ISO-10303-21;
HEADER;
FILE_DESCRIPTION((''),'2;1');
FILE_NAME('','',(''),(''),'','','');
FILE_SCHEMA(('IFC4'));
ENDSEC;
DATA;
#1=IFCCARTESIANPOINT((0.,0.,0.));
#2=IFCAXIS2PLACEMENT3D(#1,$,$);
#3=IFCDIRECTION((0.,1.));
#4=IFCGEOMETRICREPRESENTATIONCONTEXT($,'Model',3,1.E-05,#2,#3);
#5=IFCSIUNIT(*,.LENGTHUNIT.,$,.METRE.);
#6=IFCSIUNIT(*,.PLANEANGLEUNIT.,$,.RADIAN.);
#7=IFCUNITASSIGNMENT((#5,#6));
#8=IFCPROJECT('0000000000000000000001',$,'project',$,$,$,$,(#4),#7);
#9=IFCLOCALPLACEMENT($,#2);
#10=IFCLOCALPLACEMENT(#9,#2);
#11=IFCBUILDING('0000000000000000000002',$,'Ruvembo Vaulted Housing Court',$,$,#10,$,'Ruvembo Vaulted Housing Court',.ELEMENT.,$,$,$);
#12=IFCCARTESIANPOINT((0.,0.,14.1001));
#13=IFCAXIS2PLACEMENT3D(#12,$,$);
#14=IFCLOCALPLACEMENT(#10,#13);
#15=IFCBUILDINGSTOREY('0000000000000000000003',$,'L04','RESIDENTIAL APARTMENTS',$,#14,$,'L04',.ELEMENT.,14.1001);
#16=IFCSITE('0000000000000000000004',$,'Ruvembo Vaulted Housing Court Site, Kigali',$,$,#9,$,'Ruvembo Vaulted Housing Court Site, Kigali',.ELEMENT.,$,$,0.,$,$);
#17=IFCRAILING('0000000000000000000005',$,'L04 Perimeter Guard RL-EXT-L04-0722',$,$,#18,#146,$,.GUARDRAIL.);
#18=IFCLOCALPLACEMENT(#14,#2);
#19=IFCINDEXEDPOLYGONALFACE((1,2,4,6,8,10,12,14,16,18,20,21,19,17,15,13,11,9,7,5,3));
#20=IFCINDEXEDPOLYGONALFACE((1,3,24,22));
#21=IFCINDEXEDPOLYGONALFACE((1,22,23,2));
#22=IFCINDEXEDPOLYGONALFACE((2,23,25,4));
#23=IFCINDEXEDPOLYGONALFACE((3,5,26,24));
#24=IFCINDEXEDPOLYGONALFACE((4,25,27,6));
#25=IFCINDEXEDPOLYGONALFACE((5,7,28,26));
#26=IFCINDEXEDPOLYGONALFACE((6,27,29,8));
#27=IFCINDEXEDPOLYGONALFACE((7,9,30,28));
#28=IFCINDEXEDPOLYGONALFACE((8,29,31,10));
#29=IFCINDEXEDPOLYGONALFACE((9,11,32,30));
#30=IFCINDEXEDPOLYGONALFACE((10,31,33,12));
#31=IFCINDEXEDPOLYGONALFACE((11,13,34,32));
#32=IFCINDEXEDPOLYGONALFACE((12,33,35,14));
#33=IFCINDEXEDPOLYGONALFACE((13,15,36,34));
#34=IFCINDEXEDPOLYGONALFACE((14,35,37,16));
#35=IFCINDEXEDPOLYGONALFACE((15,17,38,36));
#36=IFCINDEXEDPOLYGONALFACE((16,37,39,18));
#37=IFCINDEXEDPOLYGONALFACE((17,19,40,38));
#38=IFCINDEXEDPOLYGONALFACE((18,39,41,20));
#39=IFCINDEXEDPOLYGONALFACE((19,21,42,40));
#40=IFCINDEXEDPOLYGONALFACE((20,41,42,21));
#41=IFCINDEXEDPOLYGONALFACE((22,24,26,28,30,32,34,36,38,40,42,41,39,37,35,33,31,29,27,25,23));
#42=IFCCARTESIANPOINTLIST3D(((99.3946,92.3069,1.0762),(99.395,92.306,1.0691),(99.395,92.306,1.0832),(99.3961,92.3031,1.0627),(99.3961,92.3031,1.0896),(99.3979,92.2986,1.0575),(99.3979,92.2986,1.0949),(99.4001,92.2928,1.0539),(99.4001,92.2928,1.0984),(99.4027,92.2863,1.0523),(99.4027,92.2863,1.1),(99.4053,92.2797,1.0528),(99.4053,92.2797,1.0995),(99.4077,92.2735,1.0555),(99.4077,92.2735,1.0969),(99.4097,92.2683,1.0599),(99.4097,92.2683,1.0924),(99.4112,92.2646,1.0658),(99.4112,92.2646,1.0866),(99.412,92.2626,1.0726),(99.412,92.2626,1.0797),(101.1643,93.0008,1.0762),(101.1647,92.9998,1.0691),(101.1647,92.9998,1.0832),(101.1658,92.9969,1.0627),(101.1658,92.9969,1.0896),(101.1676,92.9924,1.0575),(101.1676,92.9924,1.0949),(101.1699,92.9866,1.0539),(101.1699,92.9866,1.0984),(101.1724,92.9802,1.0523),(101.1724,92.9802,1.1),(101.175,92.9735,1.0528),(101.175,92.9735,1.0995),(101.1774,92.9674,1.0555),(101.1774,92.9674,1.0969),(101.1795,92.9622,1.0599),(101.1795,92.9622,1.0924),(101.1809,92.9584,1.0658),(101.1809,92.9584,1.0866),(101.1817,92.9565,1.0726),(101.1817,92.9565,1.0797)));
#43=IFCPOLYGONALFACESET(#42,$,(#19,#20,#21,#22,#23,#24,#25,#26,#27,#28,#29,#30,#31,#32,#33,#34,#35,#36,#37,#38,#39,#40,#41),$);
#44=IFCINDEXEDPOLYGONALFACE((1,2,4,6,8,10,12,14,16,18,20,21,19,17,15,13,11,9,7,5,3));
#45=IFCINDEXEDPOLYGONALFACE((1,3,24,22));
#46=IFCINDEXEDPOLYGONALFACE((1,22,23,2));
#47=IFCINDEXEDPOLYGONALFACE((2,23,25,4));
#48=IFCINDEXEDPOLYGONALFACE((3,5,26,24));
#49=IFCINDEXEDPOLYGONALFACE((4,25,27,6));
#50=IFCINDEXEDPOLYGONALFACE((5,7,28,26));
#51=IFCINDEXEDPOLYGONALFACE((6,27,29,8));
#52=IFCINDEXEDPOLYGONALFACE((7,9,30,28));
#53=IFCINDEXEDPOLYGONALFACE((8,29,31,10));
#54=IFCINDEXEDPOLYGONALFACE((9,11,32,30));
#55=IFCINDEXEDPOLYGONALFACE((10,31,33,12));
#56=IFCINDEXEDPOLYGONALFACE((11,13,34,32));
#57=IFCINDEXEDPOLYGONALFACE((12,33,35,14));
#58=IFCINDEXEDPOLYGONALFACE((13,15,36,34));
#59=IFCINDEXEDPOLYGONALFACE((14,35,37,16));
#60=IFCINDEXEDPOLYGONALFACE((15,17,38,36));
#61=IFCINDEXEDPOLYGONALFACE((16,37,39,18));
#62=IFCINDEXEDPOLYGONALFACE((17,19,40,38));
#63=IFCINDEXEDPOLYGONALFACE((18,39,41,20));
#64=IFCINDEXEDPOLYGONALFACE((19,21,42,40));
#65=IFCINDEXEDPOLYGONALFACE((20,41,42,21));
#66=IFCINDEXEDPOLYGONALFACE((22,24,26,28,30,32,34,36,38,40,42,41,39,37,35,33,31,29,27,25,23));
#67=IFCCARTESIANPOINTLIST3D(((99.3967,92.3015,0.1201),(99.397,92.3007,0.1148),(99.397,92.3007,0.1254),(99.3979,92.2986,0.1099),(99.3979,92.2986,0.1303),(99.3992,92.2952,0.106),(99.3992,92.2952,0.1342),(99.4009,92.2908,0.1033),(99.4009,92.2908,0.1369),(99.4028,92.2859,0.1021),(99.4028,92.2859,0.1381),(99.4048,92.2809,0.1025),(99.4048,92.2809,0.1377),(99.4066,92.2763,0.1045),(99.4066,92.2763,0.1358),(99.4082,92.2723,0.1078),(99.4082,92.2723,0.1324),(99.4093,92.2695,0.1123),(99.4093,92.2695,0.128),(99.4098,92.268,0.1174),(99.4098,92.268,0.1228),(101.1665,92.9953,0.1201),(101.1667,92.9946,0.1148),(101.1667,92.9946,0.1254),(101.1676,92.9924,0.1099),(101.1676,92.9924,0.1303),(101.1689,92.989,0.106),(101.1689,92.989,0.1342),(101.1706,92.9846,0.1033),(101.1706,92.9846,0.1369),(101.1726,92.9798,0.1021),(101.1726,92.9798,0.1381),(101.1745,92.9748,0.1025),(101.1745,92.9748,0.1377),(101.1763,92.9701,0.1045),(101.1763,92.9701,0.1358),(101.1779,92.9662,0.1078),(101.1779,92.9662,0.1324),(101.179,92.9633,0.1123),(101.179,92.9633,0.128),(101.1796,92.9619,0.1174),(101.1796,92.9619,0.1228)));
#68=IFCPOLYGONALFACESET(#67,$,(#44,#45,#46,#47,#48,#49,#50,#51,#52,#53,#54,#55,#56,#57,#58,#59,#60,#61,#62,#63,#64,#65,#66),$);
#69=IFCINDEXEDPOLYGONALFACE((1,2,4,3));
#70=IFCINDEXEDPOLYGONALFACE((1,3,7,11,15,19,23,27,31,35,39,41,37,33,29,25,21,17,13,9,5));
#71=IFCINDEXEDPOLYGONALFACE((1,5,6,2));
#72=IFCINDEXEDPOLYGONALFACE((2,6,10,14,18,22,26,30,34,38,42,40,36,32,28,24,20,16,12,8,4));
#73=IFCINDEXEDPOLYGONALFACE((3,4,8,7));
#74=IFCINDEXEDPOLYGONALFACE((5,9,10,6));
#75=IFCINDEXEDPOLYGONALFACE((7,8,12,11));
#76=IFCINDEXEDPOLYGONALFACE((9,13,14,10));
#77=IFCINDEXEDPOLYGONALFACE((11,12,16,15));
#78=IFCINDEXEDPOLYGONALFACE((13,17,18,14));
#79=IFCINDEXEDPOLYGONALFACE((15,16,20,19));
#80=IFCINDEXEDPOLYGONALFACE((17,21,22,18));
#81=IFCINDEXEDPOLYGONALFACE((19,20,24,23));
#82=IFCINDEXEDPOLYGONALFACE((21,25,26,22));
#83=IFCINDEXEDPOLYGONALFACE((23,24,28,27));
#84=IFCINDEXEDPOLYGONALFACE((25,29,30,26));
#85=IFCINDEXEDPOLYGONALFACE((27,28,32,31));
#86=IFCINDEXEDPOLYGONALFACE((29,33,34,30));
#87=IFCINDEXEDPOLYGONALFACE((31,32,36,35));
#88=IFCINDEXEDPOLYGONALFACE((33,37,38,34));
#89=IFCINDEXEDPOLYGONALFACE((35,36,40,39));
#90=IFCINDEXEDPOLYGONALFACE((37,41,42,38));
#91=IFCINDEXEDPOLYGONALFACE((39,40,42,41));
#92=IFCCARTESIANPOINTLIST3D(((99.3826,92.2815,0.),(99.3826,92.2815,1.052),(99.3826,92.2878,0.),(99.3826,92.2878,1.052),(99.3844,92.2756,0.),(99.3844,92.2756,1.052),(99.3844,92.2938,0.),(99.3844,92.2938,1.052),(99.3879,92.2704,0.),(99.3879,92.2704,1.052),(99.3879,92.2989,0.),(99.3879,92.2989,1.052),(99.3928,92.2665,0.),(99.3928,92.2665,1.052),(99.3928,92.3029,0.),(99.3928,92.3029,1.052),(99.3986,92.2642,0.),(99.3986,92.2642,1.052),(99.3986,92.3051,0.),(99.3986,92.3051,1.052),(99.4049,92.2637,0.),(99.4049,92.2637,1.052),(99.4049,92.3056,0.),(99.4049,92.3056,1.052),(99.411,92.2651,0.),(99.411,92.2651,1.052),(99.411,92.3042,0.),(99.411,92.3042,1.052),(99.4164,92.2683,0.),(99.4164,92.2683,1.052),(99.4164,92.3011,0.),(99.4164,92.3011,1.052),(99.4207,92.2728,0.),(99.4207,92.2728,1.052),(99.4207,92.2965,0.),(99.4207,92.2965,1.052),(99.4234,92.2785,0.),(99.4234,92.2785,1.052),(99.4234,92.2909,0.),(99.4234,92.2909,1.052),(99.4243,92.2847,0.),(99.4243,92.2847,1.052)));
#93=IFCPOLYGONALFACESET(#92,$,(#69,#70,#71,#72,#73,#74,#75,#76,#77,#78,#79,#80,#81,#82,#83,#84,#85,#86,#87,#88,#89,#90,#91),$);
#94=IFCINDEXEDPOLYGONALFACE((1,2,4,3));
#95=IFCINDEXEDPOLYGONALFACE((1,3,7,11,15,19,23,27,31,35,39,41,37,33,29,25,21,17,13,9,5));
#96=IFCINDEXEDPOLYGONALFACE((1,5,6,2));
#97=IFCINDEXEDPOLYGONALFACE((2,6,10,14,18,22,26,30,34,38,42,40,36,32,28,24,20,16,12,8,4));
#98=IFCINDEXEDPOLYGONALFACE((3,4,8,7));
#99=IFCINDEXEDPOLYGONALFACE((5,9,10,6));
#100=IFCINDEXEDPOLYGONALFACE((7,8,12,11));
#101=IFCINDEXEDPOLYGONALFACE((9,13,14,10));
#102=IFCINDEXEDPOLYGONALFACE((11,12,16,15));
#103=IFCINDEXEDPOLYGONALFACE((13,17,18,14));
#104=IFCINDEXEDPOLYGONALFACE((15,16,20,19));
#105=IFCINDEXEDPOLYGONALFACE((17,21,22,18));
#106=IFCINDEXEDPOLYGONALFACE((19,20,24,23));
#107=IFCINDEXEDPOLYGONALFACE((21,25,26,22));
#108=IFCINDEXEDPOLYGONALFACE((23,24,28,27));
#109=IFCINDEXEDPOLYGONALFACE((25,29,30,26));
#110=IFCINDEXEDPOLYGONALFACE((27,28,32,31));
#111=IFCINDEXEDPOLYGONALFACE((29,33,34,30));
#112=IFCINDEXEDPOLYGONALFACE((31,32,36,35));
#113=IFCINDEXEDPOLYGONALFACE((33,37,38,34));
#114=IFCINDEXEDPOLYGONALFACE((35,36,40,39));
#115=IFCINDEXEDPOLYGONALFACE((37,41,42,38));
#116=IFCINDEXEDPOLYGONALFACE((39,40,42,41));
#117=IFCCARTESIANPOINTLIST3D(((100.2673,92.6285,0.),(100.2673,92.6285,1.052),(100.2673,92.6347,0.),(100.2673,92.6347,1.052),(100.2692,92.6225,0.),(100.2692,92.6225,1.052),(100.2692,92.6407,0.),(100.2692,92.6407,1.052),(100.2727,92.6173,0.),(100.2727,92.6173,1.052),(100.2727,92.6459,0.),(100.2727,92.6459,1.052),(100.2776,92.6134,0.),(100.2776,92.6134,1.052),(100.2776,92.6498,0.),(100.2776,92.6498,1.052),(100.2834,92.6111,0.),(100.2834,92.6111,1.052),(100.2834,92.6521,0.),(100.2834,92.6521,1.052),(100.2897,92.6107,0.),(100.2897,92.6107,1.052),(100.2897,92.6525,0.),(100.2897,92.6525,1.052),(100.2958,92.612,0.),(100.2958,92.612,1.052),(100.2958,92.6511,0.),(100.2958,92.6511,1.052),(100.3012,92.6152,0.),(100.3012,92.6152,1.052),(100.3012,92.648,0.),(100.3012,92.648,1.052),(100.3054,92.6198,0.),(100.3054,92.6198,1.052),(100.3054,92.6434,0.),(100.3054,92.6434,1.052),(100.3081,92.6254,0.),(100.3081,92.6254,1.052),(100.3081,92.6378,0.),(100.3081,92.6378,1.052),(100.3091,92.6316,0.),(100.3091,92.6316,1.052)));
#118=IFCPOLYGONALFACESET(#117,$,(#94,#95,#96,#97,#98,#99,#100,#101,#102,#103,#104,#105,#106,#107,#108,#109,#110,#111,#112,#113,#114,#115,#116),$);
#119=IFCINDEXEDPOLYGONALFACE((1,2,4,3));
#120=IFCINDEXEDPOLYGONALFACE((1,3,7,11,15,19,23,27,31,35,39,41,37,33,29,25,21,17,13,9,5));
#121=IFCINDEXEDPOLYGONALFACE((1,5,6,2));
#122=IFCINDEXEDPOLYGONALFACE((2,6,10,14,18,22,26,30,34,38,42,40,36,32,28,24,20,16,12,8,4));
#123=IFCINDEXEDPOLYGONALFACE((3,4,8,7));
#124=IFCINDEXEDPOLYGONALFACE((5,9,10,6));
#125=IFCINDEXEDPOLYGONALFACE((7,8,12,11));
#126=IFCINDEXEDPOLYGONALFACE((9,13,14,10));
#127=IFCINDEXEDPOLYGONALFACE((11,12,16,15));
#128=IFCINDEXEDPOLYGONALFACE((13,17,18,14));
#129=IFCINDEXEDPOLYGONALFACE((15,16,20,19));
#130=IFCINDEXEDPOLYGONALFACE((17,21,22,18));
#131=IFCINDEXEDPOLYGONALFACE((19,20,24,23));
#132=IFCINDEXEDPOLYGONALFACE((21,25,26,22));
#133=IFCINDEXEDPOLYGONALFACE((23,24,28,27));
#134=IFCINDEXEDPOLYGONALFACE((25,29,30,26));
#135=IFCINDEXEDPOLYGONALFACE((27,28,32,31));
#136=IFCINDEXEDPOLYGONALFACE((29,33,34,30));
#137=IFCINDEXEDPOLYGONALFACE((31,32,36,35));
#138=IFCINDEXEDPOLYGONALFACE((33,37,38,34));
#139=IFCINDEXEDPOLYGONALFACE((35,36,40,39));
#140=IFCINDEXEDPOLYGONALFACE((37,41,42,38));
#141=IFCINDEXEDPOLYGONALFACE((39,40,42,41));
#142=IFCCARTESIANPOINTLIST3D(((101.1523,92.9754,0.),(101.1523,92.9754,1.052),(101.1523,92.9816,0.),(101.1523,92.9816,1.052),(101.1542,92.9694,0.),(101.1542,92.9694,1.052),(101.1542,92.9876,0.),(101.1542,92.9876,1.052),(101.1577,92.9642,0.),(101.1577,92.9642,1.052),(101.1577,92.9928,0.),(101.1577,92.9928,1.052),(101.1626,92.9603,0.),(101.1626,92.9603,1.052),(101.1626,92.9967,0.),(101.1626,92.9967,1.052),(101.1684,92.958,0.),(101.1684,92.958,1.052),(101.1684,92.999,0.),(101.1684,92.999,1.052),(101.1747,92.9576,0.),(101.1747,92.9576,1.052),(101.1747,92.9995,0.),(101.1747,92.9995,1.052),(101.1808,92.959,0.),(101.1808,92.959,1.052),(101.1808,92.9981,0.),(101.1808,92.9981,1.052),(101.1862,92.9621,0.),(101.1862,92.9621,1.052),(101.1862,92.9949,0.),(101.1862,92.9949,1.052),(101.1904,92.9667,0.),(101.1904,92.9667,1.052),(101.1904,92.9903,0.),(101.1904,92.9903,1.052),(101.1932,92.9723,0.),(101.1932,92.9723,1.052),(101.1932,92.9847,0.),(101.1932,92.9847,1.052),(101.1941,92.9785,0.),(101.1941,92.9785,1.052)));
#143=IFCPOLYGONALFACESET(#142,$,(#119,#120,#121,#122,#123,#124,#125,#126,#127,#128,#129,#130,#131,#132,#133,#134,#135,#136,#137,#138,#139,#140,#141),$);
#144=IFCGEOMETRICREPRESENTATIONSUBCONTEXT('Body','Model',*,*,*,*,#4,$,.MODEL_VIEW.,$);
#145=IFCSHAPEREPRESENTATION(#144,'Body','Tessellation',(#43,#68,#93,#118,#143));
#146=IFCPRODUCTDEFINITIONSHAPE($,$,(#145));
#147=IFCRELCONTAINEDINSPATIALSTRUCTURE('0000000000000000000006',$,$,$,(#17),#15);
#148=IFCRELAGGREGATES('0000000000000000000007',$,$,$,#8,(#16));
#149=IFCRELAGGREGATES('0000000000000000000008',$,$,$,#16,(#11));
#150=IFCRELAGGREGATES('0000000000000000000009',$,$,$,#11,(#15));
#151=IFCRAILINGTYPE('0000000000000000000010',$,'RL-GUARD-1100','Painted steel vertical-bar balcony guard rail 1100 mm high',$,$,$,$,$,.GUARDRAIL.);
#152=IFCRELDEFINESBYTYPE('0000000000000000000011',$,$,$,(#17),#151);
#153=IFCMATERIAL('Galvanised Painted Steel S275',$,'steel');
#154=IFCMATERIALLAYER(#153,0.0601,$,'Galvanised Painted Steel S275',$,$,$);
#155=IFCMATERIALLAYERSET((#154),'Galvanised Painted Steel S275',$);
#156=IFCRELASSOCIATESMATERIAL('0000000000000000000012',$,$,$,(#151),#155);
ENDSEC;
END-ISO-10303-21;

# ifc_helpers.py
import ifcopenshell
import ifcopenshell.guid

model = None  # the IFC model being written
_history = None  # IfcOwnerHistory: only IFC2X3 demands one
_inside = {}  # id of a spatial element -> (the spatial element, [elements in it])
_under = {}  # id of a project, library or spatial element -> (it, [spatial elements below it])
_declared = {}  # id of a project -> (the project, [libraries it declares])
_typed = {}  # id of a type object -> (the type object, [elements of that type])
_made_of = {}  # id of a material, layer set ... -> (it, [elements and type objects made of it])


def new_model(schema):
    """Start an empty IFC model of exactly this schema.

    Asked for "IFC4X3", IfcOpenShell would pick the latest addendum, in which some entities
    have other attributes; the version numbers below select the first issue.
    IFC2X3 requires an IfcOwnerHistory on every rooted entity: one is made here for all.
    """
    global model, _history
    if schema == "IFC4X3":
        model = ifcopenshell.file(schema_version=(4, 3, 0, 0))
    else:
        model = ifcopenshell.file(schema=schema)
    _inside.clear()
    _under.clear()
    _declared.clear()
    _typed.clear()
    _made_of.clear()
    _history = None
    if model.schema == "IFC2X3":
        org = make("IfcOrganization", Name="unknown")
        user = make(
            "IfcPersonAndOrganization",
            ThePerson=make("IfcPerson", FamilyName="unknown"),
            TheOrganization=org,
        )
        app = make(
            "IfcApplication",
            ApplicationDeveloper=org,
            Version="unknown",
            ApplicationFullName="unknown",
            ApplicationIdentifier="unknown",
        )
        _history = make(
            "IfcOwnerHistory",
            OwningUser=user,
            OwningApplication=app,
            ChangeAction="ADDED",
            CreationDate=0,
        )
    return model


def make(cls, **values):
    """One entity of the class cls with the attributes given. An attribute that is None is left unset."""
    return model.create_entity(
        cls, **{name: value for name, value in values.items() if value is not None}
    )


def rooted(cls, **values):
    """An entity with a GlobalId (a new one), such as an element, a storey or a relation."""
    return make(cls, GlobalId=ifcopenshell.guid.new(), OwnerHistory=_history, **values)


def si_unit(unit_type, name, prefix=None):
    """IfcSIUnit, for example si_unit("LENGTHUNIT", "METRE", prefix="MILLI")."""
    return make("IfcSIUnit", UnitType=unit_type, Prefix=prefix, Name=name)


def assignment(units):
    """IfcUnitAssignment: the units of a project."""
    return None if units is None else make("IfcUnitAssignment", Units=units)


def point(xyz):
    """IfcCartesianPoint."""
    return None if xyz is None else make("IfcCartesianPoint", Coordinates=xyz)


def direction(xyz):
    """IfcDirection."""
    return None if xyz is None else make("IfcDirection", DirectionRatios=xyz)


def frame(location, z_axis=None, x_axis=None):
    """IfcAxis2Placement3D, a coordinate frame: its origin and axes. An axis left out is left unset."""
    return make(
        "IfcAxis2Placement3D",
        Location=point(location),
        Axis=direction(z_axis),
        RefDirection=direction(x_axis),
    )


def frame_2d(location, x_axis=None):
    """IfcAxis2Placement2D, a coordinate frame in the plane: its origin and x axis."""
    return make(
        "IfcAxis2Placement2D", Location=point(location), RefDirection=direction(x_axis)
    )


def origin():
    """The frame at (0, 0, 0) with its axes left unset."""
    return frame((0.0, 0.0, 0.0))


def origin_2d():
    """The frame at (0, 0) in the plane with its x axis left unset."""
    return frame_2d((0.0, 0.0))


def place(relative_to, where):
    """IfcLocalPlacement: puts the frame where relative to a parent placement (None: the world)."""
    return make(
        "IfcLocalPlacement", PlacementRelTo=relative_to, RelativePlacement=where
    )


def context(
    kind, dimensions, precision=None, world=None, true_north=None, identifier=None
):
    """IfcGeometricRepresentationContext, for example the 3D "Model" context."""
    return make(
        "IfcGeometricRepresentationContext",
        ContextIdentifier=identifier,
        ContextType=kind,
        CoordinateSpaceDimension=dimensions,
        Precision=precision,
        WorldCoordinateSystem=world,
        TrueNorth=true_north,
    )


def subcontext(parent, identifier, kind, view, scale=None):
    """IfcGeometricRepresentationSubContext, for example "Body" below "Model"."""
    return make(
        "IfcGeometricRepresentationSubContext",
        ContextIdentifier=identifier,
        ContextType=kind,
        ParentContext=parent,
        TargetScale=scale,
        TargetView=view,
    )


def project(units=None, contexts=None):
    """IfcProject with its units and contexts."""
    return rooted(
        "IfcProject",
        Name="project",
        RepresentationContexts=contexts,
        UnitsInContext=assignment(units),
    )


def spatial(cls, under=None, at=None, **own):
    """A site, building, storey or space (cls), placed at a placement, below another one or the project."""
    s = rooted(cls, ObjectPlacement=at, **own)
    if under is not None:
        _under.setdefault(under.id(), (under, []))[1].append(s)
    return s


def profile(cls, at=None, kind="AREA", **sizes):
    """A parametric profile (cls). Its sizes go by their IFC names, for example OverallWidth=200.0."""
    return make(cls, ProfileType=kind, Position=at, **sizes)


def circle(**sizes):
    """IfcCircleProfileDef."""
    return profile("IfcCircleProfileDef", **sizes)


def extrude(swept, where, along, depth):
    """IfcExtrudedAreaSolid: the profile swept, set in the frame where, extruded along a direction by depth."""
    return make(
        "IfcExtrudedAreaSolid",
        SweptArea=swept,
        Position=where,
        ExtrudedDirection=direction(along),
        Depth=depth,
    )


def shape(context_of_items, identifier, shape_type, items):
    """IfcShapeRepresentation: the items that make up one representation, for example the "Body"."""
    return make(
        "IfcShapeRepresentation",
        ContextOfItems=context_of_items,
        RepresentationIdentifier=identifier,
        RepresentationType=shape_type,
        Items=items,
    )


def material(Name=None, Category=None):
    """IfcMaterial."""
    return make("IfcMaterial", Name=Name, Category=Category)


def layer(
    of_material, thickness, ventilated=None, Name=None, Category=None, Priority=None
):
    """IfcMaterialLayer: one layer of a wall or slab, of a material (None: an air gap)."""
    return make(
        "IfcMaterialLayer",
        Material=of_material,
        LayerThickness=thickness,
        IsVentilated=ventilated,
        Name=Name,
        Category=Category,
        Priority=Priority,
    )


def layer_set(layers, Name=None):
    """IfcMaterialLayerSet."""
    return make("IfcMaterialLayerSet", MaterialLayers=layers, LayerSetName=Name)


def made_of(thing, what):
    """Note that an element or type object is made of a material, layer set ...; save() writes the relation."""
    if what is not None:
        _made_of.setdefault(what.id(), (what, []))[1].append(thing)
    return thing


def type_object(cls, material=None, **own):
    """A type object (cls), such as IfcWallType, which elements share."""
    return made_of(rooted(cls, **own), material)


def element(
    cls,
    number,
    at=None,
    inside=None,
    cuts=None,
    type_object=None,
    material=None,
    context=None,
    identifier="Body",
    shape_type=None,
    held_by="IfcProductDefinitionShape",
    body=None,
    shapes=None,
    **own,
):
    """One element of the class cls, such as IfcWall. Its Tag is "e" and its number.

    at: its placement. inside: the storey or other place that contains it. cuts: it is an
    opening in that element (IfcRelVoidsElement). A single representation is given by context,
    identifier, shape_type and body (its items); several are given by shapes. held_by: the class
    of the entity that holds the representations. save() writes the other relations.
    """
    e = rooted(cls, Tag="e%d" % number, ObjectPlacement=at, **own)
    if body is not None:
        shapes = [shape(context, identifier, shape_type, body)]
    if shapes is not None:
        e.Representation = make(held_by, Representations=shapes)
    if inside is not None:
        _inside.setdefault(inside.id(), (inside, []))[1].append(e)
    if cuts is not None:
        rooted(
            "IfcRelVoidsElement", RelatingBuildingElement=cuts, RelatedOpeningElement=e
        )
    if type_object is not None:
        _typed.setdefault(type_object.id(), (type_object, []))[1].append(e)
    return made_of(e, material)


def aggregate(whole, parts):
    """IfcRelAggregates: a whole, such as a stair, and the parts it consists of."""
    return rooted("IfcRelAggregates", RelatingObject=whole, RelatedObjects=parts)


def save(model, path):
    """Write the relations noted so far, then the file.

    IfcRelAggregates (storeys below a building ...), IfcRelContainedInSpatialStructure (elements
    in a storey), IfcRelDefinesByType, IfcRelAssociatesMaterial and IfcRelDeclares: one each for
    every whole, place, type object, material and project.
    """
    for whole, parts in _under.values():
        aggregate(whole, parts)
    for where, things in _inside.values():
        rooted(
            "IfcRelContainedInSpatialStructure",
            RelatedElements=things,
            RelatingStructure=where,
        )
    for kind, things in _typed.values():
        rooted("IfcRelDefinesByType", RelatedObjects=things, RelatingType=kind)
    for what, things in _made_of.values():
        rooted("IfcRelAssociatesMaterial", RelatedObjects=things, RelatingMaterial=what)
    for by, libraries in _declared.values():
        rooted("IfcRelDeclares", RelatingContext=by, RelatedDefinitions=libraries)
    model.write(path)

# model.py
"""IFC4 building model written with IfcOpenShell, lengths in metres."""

from ifc_helpers import new_model, si_unit, direction, frame, origin, origin_2d, place, context, subcontext, project, spatial, circle, extrude, material, layer, layer_set, type_object, element, save


model = new_model("IFC4")

# Units and contexts
model_context = context("Model", 3, precision=1e-05, world=origin(), true_north=direction((0.0, 1.0)))
body_context = subcontext(model_context, "Body", "Model", "MODEL_VIEW")
ifc_project = project(units=[si_unit("LENGTHUNIT", "METRE"), si_unit("PLANEANGLEUNIT", "RADIAN")], contexts=[model_context])

# Site, building, storey
site_placement = place(None, origin())
site = spatial("IfcSite", under=ifc_project, at=site_placement, Name="Ruvembo Vaulted Housing Court Site, Kigali", LongName="Ruvembo Vaulted Housing Court Site, Kigali", CompositionType="ELEMENT", RefElevation=0.0)
building_placement = place(site_placement, origin())
building = spatial("IfcBuilding", under=site, at=building_placement, Name="Ruvembo Vaulted Housing Court", LongName="Ruvembo Vaulted Housing Court", CompositionType="ELEMENT")
storey_placement = place(building_placement, frame((0.0, 0.0, 14.1001)))
storey = spatial("IfcBuildingStorey", under=building, at=storey_placement, Name="L04", Description="RESIDENTIAL APARTMENTS", LongName="L04", CompositionType="ELEMENT", Elevation=14.1001)

# Railing
ifc_material_1 = material(Name="Galvanised Painted Steel S275", Category="steel")
ifc_layer_1 = layer(ifc_material_1, 0.0601, Name="Galvanised Painted Steel S275")
ifc_layer_set_1 = layer_set([ifc_layer_1], Name="Galvanised Painted Steel S275")
railing_type = type_object("IfcRailingType", Name="RL-GUARD-1100", Description="Painted steel vertical-bar balcony guard rail 1100 mm high", PredefinedType="GUARDRAIL", material=ifc_layer_set_1)
railing_1_placement = place(storey_placement, frame((99.4033, 92.2847, 0.0)))
element("IfcRailing", 1, at=railing_1_placement, inside=storey, type_object=railing_type, Name="L04 Perimeter Guard RL-EXT-L04-0722", PredefinedType="GUARDRAIL", context=body_context, shape_type="SweptSolid", body=[
    extrude(circle(Radius=0.0239, at=origin_2d()), frame((0.0, 0.0, 1.0762), z_axis=(0.931006, 0.365005, 0.0), x_axis=(-0.365005, 0.931006, 0.0)), (0.0, 0.0, 1.0), 1.9009),
    extrude(circle(Radius=0.0181, at=origin_2d()), frame((0.0, 0.0, 0.1201), z_axis=(0.931006, 0.365005, 0.0), x_axis=(-0.365005, 0.931006, 0.0)), (0.0, 0.0, 1.0), 1.9009),
    extrude(circle(Radius=0.021, at=origin_2d()), origin(), (0.0, 0.0, 1.0), 1.052),
    extrude(circle(Radius=0.021, at=origin_2d()), frame((0.8848, 0.3469, 0.0)), (0.0, 0.0, 1.0), 1.052),
    extrude(circle(Radius=0.021, at=origin_2d()), frame((1.7698, 0.6938, 0.0)), (0.0, 0.0, 1.0), 1.052),
])

save(model, "model.ifc")
